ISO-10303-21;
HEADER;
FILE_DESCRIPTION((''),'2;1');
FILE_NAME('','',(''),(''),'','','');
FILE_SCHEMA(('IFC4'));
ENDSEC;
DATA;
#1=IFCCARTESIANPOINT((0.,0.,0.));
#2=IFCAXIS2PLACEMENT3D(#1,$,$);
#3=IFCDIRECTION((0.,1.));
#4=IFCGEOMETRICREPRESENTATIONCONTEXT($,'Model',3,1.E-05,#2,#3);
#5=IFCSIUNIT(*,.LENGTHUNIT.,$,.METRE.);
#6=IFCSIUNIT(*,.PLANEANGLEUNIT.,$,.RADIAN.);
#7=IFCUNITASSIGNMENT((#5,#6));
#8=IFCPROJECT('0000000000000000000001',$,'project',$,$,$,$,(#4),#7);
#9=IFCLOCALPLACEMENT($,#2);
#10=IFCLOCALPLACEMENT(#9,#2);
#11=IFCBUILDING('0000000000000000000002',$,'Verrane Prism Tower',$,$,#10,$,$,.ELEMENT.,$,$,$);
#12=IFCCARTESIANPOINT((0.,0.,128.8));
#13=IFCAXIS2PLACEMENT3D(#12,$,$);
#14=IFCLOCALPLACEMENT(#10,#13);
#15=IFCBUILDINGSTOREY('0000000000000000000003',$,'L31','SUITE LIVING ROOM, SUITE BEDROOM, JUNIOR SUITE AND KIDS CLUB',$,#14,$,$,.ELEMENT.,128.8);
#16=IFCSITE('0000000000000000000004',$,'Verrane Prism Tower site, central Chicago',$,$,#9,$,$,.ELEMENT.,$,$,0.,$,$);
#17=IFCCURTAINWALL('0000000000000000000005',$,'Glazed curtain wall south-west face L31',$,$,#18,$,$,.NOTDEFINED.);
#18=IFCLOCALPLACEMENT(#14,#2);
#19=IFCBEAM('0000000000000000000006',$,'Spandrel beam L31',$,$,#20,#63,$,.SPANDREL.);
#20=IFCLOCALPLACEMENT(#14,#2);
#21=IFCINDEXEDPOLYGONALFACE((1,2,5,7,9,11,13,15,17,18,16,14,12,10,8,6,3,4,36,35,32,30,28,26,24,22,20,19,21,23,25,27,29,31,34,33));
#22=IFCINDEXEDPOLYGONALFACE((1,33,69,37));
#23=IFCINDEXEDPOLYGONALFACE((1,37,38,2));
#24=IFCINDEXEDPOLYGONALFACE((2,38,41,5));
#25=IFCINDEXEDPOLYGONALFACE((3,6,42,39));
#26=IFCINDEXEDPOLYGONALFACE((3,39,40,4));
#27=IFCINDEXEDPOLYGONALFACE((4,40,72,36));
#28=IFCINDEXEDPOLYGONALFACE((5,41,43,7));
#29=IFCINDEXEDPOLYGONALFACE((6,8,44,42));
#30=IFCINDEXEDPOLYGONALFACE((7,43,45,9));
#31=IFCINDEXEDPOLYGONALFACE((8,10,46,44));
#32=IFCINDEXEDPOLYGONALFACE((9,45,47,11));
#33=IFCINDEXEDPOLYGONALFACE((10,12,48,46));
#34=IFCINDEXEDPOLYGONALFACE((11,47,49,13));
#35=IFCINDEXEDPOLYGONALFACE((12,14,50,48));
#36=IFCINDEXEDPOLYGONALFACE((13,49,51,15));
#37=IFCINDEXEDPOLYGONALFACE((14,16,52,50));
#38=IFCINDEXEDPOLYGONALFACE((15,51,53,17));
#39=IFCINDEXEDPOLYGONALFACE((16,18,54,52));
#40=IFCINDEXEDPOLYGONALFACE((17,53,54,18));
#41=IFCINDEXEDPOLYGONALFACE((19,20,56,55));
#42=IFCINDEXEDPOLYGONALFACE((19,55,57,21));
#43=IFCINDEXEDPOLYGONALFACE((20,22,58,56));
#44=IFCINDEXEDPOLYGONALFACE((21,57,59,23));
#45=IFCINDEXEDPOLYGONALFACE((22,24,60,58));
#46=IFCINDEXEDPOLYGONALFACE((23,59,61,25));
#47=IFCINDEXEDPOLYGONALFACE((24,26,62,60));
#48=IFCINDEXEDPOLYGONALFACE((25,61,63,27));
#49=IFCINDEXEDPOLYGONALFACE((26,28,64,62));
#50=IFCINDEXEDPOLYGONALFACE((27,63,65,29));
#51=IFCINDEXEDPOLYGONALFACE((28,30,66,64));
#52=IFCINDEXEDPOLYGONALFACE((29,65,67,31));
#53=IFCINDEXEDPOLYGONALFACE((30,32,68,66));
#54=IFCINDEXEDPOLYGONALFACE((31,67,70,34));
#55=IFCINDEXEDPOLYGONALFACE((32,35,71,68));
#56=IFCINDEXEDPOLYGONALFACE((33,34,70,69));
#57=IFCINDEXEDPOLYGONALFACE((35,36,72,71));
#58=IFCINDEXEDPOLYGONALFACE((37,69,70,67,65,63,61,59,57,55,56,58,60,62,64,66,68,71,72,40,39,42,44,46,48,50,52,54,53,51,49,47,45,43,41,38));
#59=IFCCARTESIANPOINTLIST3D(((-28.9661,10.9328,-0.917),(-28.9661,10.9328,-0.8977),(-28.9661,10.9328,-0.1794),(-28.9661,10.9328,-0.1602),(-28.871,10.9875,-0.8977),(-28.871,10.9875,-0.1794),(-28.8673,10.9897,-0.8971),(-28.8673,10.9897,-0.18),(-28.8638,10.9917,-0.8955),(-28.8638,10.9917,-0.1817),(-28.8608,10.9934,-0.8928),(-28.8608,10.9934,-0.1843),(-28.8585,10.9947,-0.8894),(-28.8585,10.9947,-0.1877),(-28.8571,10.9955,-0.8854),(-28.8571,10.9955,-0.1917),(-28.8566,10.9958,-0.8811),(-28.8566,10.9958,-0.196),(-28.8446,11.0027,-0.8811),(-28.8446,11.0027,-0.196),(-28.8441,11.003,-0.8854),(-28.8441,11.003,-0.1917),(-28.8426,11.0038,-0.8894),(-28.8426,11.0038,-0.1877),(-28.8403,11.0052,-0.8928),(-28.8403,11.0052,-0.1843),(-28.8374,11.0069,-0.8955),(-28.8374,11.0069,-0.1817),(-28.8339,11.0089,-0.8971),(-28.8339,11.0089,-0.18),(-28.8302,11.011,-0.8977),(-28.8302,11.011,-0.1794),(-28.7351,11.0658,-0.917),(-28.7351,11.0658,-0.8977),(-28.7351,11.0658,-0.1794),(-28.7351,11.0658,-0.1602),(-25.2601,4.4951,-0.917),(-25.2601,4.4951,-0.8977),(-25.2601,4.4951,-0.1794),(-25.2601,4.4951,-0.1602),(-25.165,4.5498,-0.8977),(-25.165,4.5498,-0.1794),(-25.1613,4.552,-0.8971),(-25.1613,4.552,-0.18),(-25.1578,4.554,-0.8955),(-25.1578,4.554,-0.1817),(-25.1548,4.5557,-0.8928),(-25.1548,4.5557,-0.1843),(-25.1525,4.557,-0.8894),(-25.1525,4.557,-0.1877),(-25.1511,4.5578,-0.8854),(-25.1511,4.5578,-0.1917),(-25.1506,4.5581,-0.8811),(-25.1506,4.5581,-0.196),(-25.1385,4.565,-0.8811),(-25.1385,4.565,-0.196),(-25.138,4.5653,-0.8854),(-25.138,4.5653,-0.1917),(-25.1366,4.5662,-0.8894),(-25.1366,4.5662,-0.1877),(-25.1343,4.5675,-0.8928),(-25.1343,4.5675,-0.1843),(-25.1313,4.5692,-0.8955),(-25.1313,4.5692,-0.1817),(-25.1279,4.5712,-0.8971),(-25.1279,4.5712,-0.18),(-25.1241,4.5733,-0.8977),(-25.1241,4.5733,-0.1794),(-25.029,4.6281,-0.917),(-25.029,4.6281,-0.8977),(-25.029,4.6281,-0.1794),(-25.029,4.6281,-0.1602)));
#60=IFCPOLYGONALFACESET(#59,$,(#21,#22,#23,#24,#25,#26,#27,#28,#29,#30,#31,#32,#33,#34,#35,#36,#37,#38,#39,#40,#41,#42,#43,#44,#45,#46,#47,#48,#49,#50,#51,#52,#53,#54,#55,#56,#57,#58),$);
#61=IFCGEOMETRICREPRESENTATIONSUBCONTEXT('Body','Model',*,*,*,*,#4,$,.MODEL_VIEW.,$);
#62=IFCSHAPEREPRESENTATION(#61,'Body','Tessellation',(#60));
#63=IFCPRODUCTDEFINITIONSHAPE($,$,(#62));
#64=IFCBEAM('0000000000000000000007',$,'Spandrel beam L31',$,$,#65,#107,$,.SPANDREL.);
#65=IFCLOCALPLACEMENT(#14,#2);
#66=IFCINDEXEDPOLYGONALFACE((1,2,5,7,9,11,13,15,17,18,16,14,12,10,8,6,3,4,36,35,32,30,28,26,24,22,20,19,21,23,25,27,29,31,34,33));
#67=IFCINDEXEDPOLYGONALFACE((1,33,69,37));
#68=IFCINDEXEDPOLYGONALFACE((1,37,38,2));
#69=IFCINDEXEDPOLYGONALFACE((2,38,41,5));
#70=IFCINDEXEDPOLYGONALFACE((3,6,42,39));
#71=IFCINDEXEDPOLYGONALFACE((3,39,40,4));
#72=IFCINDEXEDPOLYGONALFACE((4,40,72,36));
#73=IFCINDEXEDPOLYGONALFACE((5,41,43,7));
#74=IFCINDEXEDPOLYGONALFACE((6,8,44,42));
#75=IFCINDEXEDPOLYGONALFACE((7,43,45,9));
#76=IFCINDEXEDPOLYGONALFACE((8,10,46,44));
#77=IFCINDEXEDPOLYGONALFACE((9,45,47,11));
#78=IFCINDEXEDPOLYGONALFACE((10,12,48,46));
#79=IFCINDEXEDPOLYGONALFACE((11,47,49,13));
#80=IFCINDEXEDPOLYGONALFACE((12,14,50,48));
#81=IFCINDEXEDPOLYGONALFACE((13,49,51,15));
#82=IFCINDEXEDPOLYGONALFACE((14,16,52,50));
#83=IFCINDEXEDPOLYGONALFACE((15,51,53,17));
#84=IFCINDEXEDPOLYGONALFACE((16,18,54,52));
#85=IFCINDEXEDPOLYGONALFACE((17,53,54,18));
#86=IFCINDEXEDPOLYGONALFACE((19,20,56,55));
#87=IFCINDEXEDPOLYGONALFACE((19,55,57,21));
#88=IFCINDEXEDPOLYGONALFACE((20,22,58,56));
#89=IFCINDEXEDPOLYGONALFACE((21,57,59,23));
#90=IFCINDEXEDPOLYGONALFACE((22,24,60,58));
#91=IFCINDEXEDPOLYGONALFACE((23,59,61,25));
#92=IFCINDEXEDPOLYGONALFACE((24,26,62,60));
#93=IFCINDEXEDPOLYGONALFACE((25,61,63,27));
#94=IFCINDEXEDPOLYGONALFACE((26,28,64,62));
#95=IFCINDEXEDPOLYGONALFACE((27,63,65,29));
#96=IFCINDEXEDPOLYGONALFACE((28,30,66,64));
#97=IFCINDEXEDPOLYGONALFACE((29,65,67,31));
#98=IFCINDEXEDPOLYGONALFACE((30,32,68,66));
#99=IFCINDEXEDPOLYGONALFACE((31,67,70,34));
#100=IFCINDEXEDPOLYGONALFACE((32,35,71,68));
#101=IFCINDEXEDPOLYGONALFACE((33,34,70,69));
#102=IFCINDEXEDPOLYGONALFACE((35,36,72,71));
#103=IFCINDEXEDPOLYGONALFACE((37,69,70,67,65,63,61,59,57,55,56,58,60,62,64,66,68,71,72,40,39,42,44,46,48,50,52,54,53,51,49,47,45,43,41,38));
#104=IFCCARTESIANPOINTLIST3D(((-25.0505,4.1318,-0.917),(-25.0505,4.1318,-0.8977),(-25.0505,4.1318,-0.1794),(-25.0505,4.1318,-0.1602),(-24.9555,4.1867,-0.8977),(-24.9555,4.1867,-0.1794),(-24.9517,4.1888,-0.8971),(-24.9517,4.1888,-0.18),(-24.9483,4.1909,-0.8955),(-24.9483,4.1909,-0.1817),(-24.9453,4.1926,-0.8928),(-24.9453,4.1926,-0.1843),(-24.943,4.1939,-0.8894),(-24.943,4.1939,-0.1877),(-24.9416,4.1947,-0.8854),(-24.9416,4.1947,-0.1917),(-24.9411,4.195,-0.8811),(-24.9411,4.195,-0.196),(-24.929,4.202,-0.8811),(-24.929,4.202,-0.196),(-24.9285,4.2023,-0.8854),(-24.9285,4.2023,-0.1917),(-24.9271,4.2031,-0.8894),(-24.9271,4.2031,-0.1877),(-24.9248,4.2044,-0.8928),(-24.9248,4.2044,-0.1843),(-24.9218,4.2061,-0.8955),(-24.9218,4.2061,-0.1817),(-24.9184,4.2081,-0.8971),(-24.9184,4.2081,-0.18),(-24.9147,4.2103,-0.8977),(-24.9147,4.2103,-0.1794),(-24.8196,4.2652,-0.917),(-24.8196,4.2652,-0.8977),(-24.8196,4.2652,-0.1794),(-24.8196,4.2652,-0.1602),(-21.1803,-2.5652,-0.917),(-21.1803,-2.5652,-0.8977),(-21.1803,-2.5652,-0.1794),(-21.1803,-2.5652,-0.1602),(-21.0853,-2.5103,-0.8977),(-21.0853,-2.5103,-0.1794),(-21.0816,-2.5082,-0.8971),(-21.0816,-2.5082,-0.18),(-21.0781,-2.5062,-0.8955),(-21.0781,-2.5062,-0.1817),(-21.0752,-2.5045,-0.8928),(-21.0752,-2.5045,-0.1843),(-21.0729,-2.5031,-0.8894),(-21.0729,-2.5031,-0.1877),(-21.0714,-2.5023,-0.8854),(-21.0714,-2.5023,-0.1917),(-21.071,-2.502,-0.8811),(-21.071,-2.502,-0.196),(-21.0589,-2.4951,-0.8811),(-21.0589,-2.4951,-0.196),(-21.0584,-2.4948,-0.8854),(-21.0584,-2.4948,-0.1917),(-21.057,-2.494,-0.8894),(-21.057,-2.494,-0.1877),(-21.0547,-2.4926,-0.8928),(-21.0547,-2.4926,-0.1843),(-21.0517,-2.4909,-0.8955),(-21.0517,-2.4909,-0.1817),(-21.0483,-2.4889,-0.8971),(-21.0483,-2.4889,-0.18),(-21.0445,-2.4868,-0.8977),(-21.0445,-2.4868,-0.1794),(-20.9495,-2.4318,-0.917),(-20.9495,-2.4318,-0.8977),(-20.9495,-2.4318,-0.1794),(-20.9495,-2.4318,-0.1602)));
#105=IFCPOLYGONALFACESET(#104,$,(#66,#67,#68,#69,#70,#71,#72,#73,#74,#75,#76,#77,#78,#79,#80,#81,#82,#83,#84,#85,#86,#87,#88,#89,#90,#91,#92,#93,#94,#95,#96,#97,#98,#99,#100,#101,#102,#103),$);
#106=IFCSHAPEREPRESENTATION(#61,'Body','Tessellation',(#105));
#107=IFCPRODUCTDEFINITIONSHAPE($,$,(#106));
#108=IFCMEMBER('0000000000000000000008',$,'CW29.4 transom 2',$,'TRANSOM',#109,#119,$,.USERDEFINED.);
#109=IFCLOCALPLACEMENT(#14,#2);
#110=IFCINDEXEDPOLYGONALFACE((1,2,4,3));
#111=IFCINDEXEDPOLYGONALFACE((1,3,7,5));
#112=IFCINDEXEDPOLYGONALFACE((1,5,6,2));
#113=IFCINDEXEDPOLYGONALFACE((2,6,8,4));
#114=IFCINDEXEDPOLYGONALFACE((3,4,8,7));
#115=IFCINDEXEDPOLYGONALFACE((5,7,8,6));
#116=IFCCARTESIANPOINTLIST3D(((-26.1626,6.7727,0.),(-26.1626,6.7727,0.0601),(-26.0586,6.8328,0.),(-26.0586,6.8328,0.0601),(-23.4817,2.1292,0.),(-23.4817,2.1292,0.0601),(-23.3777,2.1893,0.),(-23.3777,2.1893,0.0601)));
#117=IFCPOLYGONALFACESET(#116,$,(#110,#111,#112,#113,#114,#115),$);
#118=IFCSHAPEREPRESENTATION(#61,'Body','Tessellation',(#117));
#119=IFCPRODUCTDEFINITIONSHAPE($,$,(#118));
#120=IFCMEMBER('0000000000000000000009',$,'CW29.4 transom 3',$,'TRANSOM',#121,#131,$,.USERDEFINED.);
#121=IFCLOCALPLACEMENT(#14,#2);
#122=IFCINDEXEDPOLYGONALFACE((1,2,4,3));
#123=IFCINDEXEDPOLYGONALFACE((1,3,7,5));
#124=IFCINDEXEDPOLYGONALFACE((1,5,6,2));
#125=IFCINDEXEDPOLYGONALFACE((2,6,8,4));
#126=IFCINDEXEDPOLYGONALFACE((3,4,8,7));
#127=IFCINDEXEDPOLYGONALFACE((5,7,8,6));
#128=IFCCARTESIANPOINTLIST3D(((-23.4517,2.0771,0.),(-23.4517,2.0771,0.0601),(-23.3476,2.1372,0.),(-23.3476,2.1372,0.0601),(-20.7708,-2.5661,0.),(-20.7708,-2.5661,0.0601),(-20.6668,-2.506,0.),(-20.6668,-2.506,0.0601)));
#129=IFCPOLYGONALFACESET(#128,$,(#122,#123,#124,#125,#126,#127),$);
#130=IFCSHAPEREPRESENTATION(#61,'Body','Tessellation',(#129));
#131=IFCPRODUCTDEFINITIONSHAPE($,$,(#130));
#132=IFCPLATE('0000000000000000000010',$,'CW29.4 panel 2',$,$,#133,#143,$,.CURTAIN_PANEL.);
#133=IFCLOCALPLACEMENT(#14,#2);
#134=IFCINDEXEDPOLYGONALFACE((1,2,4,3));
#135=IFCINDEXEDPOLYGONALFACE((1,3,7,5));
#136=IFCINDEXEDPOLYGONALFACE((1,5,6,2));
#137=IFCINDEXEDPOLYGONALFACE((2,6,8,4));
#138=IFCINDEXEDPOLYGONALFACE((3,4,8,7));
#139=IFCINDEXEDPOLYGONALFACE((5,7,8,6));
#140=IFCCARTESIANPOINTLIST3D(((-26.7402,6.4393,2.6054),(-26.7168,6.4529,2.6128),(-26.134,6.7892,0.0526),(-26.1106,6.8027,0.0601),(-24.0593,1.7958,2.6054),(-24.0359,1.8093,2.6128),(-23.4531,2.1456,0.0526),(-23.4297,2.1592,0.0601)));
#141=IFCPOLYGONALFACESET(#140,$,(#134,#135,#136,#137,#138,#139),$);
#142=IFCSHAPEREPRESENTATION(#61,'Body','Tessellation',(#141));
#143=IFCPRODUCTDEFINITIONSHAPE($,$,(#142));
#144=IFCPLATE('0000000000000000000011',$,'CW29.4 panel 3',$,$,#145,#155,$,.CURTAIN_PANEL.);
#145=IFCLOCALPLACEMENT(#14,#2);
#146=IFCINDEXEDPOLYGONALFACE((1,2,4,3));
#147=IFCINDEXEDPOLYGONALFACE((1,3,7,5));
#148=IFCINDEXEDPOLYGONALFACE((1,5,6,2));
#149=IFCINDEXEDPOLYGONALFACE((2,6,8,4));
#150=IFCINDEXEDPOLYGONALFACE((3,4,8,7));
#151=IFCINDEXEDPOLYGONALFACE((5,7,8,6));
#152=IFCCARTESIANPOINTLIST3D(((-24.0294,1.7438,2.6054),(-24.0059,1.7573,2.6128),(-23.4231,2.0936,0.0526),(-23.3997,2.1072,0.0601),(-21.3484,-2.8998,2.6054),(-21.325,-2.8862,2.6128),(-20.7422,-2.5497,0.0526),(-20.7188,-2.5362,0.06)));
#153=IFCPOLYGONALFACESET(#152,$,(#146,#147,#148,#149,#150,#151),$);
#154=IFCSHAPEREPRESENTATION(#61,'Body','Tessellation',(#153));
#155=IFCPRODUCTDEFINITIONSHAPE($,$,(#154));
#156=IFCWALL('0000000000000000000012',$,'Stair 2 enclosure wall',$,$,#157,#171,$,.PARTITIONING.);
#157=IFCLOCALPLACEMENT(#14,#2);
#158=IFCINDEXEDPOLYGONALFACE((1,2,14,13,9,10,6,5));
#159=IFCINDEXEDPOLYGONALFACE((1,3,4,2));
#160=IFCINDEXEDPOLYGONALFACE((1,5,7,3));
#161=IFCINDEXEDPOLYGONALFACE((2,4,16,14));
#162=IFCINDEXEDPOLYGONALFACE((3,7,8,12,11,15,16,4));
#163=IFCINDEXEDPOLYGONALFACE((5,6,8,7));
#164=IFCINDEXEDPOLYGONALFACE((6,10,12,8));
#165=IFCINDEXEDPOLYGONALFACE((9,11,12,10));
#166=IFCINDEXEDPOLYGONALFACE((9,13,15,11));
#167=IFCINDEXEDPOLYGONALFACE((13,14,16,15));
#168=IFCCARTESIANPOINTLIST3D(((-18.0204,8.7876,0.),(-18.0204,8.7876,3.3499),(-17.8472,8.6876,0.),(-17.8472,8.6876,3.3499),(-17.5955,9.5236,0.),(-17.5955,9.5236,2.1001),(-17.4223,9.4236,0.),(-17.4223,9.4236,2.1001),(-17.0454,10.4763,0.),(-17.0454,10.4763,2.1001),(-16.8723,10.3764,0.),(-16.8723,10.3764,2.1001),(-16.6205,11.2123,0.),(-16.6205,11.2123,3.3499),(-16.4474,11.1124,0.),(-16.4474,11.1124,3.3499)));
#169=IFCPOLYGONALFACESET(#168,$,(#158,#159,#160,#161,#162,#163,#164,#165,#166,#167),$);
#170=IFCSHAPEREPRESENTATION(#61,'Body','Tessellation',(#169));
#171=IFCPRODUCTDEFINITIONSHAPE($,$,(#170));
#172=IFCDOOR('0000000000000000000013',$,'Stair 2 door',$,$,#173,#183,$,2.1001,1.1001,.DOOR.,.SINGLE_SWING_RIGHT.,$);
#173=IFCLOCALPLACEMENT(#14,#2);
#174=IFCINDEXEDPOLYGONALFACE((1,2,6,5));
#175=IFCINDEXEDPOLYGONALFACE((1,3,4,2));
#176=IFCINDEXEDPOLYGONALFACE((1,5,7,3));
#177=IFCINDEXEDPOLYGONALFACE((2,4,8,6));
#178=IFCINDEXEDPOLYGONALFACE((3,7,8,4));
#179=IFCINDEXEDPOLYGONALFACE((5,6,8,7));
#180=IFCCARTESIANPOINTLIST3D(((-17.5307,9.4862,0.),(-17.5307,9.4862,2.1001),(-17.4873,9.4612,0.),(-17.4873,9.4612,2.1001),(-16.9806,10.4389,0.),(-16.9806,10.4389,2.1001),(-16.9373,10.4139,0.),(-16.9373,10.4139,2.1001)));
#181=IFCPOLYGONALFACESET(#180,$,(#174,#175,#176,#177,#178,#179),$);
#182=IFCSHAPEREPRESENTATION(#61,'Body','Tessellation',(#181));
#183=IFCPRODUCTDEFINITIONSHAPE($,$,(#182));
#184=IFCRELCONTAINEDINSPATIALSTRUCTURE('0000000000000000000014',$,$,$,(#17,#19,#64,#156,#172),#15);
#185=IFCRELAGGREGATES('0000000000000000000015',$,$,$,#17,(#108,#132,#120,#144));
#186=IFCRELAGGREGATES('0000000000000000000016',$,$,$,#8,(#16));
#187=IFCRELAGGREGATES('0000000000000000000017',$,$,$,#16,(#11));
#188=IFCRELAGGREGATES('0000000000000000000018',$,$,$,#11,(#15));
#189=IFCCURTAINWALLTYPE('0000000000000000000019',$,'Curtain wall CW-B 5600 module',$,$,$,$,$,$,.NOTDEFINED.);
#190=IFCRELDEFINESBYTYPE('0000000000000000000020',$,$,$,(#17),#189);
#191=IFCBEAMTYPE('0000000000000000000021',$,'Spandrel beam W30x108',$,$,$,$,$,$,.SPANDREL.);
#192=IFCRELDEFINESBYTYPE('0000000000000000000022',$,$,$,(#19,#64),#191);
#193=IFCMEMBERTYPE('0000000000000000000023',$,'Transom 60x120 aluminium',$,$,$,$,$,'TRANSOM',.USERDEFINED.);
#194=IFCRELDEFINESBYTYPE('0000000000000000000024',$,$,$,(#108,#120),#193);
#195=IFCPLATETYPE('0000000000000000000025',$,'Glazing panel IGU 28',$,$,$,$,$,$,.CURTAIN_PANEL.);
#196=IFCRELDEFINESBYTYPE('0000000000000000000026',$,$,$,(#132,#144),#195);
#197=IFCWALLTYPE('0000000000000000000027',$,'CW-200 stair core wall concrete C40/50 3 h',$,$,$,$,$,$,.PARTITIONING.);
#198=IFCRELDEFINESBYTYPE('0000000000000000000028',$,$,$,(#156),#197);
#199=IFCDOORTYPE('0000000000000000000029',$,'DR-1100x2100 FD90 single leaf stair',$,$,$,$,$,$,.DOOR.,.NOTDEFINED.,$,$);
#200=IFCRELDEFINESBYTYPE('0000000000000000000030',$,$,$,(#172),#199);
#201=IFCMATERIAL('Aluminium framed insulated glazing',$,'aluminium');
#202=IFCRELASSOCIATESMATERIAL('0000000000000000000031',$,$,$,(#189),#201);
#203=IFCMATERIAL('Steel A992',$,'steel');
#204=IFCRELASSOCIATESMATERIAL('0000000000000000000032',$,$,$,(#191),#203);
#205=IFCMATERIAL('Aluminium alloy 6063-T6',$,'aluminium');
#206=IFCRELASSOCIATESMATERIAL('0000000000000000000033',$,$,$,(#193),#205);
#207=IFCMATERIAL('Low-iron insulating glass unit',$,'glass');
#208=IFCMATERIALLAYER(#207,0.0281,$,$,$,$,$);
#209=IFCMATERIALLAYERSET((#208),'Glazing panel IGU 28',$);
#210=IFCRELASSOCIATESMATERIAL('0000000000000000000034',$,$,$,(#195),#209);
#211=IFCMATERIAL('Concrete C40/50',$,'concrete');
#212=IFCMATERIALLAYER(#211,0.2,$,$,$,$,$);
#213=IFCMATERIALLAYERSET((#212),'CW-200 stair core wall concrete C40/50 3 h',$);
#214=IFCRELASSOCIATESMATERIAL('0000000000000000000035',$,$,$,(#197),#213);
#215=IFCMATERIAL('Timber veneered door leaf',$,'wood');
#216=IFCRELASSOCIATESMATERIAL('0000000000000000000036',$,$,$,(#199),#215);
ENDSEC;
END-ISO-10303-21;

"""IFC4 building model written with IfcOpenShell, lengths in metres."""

from ifc_helpers import new_model, si_unit, direction, frame, frame_2d, origin, origin_2d, place, context, subcontext, project, spatial, polyline, rectangle, i_section, outline, extrude, material, layer, layer_set, material_profile, profile_set, type_object, element, fill, aggregate, save


model = new_model("IFC4")

# Units and contexts
model_context = context("Model", 3, precision=1e-05, world=origin(), true_north=direction((0.0, 1.0)))
body_context = subcontext(model_context, "Body", "Model", "MODEL_VIEW")
ifc_project = project(units=[si_unit("LENGTHUNIT", "METRE"), si_unit("PLANEANGLEUNIT", "RADIAN")], contexts=[model_context])

# Site, building, storey
site_placement = place(None, origin())
site = spatial("IfcSite", under=ifc_project, at=site_placement, Name="Verrane Prism Tower site, central Chicago", CompositionType="ELEMENT", RefElevation=0.0)
building_placement = place(site_placement, origin())
building = spatial("IfcBuilding", under=site, at=building_placement, Name="Verrane Prism Tower", CompositionType="ELEMENT")
storey_placement = place(building_placement, frame((0.0, 0.0, 128.8)))
storey = spatial("IfcBuildingStorey", under=building, at=storey_placement, Name="L31", Description="SUITE LIVING ROOM, SUITE BEDROOM, JUNIOR SUITE AND KIDS CLUB", CompositionType="ELEMENT", Elevation=128.8)

# Curtain wall
ifc_material_1 = material(Name="Aluminium framed insulated glazing", Category="aluminium")
curtain_wall_type = type_object("IfcCurtainWallType", Name="Curtain wall CW-B 5600 module", PredefinedType="NOTDEFINED", material=ifc_material_1)
curtain_wall_placement = place(storey_placement, origin())
curtain_wall = element("IfcCurtainWall", 1, at=curtain_wall_placement, inside=storey, type_object=curtain_wall_type, Name="Glazed curtain wall south-west face L31", PredefinedType="NOTDEFINED")

# Beams
ifc_material_2 = material(Name="Steel A992", Category="steel")
ifc_material_profile_1 = material_profile(ifc_material_2, i_section(OverallWidth=0.2666, OverallDepth=0.7568, WebThickness=0.0139, FlangeThickness=0.0193, FilletRadius=0.0166, at=origin_2d()), Name="W30x108")
ifc_profile_set_1 = profile_set([ifc_material_profile_1], Name="Steel A992")
beam_type_1 = type_object("IfcBeamType", Name="Spandrel beam W30x108", PredefinedType="SPANDREL", material=ifc_profile_set_1)
beam_1_placement = place(storey_placement, frame((-28.8506, 10.9993, -0.5386), z_axis=(0.498911, -0.866653, 0.0), x_axis=(0.866653, 0.498911, 0.0)))
element("IfcBeam", 2, at=beam_1_placement, inside=storey, type_object=beam_type_1, Name="Spandrel beam L31", PredefinedType="SPANDREL", context=body_context, shape_type="SweptSolid", body=[
    extrude(i_section(OverallWidth=0.2666, OverallDepth=0.7568, WebThickness=0.0139, FlangeThickness=0.0193, FilletRadius=0.0166, at=origin_2d()), origin(), (0.0, 0.0, 1.0), 7.4282),
])
beam_2_placement = place(storey_placement, frame((-24.9351, 4.1985, -0.5386), z_axis=(0.500348, -0.865824, 0.0), x_axis=(0.865824, 0.500348, 0.0)))
element("IfcBeam", 3, at=beam_2_placement, inside=storey, type_object=beam_type_1, Name="Spandrel beam L31", PredefinedType="SPANDREL", context=body_context, shape_type="SweptSolid", body=[
    extrude(i_section(OverallWidth=0.2666, OverallDepth=0.7568, WebThickness=0.0139, FlangeThickness=0.0193, FilletRadius=0.0166, at=origin_2d()), origin(), (0.0, 0.0, 1.0), 7.7349),
])

# Members
ifc_material_3 = material(Name="Aluminium alloy 6063-T6", Category="aluminium")
ifc_material_profile_2 = material_profile(ifc_material_3, rectangle(XDim=0.1201, YDim=0.0601, at=origin_2d()), Name="Transom 60x120 aluminium")
ifc_profile_set_2 = profile_set([ifc_material_profile_2], Name="Aluminium alloy 6063-T6")
member_type_1 = type_object("IfcMemberType", Name="Transom 60x120 aluminium", ElementType="TRANSOM", PredefinedType="USERDEFINED", material=ifc_profile_set_2)
member_1_placement = place(storey_placement, frame((-26.1106, 6.8027, 0.03), z_axis=(0.499993, -0.866029, 0.0), x_axis=(0.866029, 0.499993, 0.0)))
member_1 = element("IfcMember", 4, at=member_1_placement, type_object=member_type_1, Name="CW29.4 transom 2", ObjectType="TRANSOM", PredefinedType="USERDEFINED", context=body_context, shape_type="SweptSolid", body=[
    extrude(rectangle(XDim=0.1201, YDim=0.0601, at=origin_2d()), origin(), (0.0, 0.0, 1.0), 5.3618),
])
member_2_placement = place(storey_placement, frame((-23.3997, 2.1072, 0.03), z_axis=(0.500013, -0.866018, 0.0), x_axis=(0.866018, 0.500013, 0.0)))
member_2 = element("IfcMember", 5, at=member_2_placement, type_object=member_type_1, Name="CW29.4 transom 3", ObjectType="TRANSOM", PredefinedType="USERDEFINED", context=body_context, shape_type="SweptSolid", body=[
    extrude(rectangle(XDim=0.1201, YDim=0.0601, at=origin_2d()), origin(), (0.0, 0.0, 1.0), 5.3616),
])

# Plates
ifc_material_4 = material(Name="Low-iron insulating glass unit", Category="glass")
ifc_layer_1 = layer(ifc_material_4, 0.0281)
ifc_layer_set_1 = layer_set([ifc_layer_1], Name="Glazing panel IGU 28")
plate_type = type_object("IfcPlateType", Name="Glazing panel IGU 28", PredefinedType="CURTAIN_PANEL", material=ifc_layer_set_1)
plate_1_placement = place(storey_placement, frame((-26.1106, 6.8027, 0.0601), z_axis=(0.835205, 0.482197, 0.264422), x_axis=(0.499993, -0.866029, 0.0)))
plate_1 = element("IfcPlate", 6, at=plate_1_placement, type_object=plate_type, Name="CW29.4 panel 2", PredefinedType="CURTAIN_PANEL", context=body_context, shape_type="SweptSolid", body=[
    extrude(outline(polyline([(0.0, 0.0), (5.3619, 0.0), (5.3618, -2.6469), (-0.0001, -2.6469), (0.0, 0.0)])), origin(), (0.0, 0.0, -1.0), 0.0281),
])
plate_2_placement = place(storey_placement, frame((-23.3997, 2.1072, 0.0601), z_axis=(0.835194, 0.482203, 0.264444), x_axis=(0.500004, -0.866023, -0.000003)))
plate_2 = element("IfcPlate", 7, at=plate_2_placement, type_object=plate_type, Name="CW29.4 panel 3", PredefinedType="CURTAIN_PANEL", context=body_context, shape_type="SweptSolid", body=[
    extrude(outline(polyline([(0.0, 0.0), (5.3617, 0.0), (5.3618, -2.647), (-0.0001, -2.6469), (0.0, 0.0)])), origin(), (0.0, 0.0, -1.0), 0.0281),
])
aggregate(curtain_wall, [member_1, plate_1, member_2, plate_2])

# Wall, opening, door
ifc_material_5 = material(Name="Concrete C40/50", Category="concrete")
ifc_layer_2 = layer(ifc_material_5, 0.2)
ifc_layer_set_2 = layer_set([ifc_layer_2], Name="CW-200 stair core wall concrete C40/50 3 h")
wall_type_1 = type_object("IfcWallType", Name="CW-200 stair core wall concrete C40/50 3 h", PredefinedType="PARTITIONING", material=ifc_layer_set_2)
wall_1_placement = place(storey_placement, frame((-16.5339, 11.1624, 0.0), z_axis=(0.0, 0.0, 1.0), x_axis=(-0.499984, -0.866035, 0.0)))
wall_1 = element("IfcWall", 8, at=wall_1_placement, inside=storey, type_object=wall_type_1, Name="Stair 2 enclosure wall", PredefinedType="PARTITIONING", context=body_context, shape_type="SweptSolid", body=[
    extrude(rectangle(XDim=2.7998, YDim=0.2, at=frame_2d((1.3999, 0.0))), origin(), (0.0, 0.0, 1.0), 3.3499),
])
opening_1_placement = place(wall_1_placement, frame((0.8499, 0.0, 0.0)))
opening_1 = element("IfcOpeningElement", 9, at=opening_1_placement, cuts=wall_1, PredefinedType="OPENING", context=body_context, shape_type="SweptSolid", body=[
    extrude(rectangle(XDim=1.1001, YDim=2.1001, at=frame_2d((0.55, 1.05))), frame((0.0, 0.1099, 0.0), z_axis=(0.0, -1.0, 0.0), x_axis=(1.0, 0.0, 0.0)), (0.0, 0.0, 1.0), 0.22),
])
ifc_material_6 = material(Name="Timber veneered door leaf", Category="wood")
door_type_1 = type_object("IfcDoorType", Name="DR-1100x2100 FD90 single leaf stair", OperationType="NOTDEFINED", PredefinedType="DOOR", material=ifc_material_6)
door_1_placement = place(opening_1_placement, origin())
door_1 = element("IfcDoor", 10, at=door_1_placement, inside=storey, type_object=door_type_1, Name="Stair 2 door", OperationType="SINGLE_SWING_RIGHT", OverallHeight=2.1001, OverallWidth=1.1001, PredefinedType="DOOR", context=body_context, shape_type="SweptSolid", body=[
    extrude(rectangle(XDim=1.1001, YDim=2.1001, at=frame_2d((0.55, 1.05))), frame((0.0, 0.0249, 0.0), z_axis=(0.0, -1.0, 0.0), x_axis=(1.0, 0.0, 0.0)), (0.0, 0.0, 1.0), 0.05),
])
fill(opening_1, door_1)

save(model, "model.ifc")
